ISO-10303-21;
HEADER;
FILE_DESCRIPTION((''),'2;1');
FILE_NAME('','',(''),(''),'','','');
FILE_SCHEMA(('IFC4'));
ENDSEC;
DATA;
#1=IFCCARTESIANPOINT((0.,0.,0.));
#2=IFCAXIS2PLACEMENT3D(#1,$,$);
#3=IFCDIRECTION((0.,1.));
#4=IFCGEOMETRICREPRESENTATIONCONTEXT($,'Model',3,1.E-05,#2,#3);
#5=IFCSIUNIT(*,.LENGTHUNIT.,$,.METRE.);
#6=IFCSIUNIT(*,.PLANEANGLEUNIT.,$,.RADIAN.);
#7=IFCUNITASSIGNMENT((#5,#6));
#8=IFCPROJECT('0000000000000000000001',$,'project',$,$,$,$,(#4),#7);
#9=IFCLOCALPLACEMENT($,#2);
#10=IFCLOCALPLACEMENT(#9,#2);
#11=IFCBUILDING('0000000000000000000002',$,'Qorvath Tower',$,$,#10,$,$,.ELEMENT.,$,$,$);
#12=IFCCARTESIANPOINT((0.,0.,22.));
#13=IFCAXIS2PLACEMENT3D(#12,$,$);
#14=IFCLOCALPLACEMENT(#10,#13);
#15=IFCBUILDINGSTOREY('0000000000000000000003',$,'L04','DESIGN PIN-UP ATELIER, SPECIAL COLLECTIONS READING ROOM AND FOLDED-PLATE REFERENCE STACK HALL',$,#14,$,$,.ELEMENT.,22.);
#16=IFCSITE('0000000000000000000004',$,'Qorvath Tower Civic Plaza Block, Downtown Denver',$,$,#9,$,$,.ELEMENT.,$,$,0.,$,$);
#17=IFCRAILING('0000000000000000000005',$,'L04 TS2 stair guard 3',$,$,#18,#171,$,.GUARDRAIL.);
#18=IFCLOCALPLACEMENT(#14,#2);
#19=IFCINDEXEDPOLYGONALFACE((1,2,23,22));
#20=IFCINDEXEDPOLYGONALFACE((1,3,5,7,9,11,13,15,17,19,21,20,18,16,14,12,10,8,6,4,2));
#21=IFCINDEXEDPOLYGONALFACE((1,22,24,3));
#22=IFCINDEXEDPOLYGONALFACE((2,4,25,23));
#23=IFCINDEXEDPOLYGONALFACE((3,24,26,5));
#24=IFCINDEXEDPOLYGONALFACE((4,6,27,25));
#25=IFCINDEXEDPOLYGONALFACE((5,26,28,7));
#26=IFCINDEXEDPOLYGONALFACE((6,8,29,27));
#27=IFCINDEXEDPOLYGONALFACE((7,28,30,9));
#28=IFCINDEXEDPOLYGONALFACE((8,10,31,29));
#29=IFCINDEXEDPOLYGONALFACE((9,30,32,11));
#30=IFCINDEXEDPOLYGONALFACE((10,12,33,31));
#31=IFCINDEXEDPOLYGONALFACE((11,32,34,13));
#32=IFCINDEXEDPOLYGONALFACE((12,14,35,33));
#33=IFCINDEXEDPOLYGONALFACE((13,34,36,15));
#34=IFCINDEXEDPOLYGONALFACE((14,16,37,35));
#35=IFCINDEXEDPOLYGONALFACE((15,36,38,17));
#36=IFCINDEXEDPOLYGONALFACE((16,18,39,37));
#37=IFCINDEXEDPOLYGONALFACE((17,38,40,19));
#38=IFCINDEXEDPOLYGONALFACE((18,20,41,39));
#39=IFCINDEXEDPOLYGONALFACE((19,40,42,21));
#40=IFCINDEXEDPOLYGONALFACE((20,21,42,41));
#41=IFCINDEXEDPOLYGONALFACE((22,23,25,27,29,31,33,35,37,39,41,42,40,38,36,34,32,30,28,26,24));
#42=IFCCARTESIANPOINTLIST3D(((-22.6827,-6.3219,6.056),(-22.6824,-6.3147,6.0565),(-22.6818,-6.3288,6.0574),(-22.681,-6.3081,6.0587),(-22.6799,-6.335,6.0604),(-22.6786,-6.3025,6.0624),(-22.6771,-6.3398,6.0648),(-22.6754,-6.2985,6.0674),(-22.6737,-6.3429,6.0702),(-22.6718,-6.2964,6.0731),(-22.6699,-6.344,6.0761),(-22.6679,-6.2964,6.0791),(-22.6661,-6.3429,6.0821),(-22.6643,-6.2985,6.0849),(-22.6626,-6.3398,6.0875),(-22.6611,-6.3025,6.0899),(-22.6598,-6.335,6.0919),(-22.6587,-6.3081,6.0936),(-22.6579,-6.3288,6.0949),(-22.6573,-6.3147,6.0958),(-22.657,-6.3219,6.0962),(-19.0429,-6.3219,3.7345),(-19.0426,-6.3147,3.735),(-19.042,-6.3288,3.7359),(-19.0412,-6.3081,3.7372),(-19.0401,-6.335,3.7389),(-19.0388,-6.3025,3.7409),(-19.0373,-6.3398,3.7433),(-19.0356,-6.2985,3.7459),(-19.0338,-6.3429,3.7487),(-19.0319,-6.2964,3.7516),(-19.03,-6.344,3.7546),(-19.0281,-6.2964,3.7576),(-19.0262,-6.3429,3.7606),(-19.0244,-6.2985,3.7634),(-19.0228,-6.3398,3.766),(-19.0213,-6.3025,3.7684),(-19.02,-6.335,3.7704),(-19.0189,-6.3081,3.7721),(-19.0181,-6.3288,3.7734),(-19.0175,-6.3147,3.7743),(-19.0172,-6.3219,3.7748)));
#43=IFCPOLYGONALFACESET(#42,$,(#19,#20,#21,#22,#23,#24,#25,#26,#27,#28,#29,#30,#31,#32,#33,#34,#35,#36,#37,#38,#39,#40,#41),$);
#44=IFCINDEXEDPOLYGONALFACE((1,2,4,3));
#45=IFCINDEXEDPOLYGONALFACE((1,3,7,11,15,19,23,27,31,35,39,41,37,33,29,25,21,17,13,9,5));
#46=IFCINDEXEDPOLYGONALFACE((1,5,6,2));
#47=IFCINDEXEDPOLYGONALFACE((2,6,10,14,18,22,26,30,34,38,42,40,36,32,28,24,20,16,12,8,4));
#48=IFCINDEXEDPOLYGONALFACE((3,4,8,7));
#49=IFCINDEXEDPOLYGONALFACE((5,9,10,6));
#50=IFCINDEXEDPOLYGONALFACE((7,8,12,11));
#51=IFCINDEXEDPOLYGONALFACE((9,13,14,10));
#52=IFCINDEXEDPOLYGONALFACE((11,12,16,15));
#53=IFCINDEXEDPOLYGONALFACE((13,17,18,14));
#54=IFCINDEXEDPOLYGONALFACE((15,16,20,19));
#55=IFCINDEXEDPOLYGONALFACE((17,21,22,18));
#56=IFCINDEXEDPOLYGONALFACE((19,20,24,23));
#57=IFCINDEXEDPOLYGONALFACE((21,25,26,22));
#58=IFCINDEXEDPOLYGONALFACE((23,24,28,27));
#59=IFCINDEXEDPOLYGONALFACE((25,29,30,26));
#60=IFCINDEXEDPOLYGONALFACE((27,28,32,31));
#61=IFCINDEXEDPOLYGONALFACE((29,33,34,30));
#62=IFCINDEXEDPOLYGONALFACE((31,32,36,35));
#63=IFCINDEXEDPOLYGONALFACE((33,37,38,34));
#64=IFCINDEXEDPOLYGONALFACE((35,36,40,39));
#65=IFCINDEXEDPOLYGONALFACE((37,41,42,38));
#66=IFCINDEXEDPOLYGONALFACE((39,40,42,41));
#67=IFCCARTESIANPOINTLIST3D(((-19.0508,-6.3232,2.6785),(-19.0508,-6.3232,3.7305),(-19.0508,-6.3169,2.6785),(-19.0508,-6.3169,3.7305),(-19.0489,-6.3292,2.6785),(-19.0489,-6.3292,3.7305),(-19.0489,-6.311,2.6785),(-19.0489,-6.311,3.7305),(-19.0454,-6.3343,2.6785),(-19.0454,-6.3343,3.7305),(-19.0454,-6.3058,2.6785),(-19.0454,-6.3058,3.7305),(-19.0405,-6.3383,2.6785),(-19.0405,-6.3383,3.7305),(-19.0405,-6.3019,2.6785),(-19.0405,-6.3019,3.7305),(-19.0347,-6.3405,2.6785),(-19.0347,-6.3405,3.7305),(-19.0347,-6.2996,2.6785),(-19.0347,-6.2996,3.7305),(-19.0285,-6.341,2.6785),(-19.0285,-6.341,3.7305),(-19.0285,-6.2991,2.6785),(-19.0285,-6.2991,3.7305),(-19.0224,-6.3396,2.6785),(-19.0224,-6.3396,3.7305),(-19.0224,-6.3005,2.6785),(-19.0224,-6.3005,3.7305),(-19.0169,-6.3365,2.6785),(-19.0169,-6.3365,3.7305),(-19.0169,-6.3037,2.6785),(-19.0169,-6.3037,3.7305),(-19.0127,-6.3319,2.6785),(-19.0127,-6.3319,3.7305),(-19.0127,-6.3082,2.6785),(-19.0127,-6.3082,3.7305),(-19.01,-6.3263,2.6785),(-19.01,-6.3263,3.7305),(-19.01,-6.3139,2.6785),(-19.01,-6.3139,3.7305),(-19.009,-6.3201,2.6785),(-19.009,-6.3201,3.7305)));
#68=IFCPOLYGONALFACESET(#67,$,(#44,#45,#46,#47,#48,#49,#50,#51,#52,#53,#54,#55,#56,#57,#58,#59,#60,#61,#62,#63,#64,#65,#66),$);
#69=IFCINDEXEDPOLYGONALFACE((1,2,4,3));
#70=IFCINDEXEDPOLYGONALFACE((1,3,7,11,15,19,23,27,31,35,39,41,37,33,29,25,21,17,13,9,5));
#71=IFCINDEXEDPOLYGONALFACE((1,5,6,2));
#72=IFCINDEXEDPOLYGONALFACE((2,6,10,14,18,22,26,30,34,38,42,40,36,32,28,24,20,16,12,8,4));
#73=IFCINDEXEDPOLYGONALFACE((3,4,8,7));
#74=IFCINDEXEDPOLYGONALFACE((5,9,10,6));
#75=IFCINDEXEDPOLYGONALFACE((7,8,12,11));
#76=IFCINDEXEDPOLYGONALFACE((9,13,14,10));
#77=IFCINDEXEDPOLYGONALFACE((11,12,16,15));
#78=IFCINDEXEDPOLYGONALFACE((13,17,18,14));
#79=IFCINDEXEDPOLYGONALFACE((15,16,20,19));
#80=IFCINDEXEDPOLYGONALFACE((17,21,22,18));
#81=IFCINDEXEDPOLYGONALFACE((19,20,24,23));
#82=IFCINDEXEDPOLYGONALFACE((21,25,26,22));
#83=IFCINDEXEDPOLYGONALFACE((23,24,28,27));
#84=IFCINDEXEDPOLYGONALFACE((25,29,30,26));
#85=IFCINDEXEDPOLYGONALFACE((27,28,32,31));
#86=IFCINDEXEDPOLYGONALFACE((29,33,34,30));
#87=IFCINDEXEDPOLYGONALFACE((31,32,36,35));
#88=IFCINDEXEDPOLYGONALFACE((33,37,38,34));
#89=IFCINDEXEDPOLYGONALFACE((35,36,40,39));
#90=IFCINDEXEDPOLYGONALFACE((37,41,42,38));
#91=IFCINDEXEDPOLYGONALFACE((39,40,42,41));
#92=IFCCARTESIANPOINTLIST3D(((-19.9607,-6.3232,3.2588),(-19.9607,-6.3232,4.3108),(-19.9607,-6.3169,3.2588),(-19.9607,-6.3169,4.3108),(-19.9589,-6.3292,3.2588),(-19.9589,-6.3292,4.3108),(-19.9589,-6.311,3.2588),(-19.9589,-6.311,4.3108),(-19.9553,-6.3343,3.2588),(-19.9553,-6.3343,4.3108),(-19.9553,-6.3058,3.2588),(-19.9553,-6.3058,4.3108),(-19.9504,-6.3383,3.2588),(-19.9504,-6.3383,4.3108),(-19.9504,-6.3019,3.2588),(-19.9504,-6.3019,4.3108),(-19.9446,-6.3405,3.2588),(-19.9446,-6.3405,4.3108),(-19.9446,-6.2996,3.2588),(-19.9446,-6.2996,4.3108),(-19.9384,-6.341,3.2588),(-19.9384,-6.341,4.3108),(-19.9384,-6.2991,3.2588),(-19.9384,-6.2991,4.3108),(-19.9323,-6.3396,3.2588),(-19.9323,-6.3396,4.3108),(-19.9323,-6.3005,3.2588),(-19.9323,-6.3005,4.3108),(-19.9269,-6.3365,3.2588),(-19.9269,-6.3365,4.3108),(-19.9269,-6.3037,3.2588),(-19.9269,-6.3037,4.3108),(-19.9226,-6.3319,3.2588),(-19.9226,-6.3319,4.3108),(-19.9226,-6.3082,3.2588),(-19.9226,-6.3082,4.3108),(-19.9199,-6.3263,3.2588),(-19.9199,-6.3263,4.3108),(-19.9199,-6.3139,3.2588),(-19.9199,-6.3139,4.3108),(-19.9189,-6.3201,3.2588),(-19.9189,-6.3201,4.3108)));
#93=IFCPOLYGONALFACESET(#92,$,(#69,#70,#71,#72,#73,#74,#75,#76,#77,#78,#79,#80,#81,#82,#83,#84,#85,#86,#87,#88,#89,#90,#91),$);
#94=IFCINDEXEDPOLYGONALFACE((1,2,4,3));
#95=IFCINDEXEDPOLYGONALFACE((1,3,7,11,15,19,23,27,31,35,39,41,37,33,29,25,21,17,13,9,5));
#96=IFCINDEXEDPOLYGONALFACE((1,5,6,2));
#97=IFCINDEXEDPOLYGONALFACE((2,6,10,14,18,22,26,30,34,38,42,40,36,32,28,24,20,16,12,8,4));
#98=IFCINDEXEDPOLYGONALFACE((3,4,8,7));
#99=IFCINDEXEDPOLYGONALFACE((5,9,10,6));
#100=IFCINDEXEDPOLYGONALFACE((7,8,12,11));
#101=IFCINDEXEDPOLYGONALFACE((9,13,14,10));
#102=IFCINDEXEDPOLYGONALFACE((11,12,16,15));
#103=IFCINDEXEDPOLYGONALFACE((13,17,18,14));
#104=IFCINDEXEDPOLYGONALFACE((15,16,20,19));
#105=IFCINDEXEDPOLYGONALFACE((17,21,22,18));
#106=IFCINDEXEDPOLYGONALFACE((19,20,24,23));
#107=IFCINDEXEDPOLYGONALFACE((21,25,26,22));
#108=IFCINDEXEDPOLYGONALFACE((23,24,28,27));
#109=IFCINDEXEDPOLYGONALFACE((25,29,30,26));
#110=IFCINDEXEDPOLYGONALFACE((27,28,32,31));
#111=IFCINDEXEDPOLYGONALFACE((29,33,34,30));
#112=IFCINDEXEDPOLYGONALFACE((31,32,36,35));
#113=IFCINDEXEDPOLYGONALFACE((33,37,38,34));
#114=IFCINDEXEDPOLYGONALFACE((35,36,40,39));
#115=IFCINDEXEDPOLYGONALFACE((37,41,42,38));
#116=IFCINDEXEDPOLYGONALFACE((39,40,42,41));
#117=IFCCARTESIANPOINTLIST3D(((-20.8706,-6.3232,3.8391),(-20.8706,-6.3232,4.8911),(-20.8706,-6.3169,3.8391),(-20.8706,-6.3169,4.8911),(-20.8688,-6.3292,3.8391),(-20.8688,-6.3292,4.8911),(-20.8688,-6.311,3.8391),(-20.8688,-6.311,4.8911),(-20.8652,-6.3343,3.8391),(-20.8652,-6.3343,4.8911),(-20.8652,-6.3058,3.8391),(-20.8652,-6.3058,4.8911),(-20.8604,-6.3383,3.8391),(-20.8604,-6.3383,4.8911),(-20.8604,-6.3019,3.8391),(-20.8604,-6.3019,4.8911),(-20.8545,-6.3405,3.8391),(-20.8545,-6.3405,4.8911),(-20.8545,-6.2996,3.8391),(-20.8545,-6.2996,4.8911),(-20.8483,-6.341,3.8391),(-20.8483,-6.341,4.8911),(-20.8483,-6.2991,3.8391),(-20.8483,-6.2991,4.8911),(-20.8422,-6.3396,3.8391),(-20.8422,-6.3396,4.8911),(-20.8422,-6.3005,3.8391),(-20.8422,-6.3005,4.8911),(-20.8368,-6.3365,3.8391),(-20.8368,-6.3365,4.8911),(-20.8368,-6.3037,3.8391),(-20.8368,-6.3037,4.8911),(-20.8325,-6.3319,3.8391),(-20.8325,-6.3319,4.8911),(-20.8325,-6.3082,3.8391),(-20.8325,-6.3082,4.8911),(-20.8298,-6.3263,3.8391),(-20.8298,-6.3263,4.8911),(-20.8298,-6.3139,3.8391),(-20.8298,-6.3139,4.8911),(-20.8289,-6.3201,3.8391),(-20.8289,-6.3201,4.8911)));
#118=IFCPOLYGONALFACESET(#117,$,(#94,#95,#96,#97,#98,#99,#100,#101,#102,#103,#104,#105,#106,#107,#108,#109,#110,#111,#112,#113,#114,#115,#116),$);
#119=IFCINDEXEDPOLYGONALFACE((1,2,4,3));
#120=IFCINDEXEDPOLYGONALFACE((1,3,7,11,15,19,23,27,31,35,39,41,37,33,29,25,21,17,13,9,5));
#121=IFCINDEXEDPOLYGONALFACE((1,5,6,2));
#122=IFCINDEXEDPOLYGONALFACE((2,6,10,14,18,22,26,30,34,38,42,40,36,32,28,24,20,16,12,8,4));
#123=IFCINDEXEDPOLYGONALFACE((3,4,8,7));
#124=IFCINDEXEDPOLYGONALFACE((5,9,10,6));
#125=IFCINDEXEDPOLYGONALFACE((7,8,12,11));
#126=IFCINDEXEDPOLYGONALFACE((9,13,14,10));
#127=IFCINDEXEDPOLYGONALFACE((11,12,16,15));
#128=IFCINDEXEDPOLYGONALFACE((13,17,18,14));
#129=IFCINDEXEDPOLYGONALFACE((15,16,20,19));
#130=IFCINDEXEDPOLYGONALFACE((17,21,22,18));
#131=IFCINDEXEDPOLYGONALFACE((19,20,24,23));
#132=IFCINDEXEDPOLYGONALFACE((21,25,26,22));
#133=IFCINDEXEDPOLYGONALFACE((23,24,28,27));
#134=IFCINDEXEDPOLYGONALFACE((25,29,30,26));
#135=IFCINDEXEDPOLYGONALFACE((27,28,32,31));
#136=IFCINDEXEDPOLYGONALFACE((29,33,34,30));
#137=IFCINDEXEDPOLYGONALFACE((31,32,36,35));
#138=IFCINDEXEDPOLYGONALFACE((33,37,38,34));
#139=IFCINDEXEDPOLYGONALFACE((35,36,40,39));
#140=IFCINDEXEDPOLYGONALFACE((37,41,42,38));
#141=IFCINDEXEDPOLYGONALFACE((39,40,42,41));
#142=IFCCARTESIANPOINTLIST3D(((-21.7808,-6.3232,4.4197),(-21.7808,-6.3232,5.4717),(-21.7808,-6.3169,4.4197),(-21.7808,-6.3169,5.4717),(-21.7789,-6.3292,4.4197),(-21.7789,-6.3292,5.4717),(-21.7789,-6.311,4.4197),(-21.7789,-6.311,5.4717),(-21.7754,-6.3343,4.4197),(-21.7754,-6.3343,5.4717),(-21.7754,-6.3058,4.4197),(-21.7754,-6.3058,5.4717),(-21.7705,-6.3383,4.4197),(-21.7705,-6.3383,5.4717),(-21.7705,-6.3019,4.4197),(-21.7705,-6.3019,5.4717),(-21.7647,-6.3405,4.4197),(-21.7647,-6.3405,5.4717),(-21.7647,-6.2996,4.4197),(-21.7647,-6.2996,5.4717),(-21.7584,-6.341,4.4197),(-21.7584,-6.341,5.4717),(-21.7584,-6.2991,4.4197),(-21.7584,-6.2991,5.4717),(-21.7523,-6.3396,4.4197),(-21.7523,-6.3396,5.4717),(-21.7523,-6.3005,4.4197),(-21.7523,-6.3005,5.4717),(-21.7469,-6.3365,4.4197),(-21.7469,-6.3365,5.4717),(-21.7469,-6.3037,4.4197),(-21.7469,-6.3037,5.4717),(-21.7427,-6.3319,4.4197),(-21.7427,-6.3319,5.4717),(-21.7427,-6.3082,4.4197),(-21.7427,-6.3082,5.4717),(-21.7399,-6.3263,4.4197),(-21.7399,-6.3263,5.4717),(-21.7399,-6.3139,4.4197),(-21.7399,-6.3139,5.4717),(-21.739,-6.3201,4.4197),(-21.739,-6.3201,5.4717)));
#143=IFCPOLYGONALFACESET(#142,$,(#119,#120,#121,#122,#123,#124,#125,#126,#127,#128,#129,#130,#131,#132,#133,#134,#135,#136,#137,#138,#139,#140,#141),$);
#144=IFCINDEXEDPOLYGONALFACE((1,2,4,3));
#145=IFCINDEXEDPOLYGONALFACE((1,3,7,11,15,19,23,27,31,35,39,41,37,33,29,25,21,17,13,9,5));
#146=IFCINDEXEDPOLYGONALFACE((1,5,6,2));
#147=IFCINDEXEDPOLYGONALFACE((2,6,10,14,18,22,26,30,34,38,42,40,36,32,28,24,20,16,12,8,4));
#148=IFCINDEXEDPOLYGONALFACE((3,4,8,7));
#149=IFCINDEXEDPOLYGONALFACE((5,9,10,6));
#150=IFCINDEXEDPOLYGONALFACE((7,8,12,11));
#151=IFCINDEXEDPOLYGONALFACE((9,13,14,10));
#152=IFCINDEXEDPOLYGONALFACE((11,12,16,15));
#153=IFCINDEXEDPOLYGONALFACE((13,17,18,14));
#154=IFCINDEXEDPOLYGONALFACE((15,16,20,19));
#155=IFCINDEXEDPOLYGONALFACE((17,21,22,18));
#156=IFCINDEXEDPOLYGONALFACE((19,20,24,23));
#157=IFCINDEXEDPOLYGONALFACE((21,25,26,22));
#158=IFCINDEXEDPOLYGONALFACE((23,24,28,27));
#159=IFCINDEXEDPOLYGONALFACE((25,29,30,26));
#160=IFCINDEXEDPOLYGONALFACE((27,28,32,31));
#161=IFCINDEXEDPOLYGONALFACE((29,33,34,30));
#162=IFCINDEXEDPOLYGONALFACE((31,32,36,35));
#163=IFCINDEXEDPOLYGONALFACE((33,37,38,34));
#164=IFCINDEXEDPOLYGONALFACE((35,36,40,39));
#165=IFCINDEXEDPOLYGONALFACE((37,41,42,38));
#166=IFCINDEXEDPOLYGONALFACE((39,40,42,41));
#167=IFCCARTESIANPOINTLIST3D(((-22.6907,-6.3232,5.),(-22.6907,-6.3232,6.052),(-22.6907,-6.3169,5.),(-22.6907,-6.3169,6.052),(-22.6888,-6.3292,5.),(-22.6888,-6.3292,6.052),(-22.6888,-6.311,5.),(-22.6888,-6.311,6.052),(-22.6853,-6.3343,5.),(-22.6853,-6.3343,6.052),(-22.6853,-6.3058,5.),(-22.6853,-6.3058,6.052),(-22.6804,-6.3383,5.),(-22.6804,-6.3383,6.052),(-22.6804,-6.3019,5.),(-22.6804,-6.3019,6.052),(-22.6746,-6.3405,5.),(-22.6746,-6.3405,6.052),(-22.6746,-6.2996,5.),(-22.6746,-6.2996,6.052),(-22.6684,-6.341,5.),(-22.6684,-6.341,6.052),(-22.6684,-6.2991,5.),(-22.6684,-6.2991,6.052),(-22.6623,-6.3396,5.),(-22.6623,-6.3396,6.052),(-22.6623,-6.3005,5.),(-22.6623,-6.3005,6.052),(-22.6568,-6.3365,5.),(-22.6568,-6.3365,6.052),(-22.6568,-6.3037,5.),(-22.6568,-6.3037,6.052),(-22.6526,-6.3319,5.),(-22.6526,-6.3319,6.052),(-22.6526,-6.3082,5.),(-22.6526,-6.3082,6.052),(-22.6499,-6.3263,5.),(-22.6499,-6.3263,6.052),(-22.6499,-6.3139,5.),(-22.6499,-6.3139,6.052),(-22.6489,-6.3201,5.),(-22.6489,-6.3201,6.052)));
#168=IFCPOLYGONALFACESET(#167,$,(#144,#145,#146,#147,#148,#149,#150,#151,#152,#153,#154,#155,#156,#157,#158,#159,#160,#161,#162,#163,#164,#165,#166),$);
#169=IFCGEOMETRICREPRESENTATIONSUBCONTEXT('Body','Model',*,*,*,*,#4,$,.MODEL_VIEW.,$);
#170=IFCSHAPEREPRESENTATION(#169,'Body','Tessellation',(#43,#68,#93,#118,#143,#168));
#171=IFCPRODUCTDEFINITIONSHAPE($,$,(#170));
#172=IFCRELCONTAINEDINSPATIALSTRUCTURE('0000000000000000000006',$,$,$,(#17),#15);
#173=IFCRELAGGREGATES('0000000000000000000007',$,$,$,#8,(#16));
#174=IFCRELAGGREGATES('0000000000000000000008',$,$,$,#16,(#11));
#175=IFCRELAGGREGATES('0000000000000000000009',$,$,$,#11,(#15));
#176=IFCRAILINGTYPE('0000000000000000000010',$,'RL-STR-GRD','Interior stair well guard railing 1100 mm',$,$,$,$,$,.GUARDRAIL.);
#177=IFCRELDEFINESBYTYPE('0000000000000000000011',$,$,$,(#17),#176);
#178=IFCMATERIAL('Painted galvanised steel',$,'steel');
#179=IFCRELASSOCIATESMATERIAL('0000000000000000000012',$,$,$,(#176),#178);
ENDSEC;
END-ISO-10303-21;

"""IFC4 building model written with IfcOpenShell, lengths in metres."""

from ifc_helpers import new_model, si_unit, direction, frame, origin, origin_2d, place, context, subcontext, project, spatial, circle, extrude, material, type_object, element, save


model = new_model("IFC4")

# Units and contexts
model_context = context("Model", 3, precision=1e-05, world=origin(), true_north=direction((0.0, 1.0)))
body_context = subcontext(model_context, "Body", "Model", "MODEL_VIEW")
ifc_project = project(units=[si_unit("LENGTHUNIT", "METRE"), si_unit("PLANEANGLEUNIT", "RADIAN")], contexts=[model_context])

# Site, building, storey
site_placement = place(None, origin())
site = spatial("IfcSite", under=ifc_project, at=site_placement, Name="Qorvath Tower Civic Plaza Block, Downtown Denver", CompositionType="ELEMENT", RefElevation=0.0)
building_placement = place(site_placement, origin())
building = spatial("IfcBuilding", under=site, at=building_placement, Name="Qorvath Tower", CompositionType="ELEMENT")
storey_placement = place(building_placement, frame((0.0, 0.0, 22.0)))
storey = spatial("IfcBuildingStorey", under=building, at=storey_placement, Name="L04", Description="DESIGN PIN-UP ATELIER, SPECIAL COLLECTIONS READING ROOM AND FOLDED-PLATE REFERENCE STACK HALL", CompositionType="ELEMENT", Elevation=22.0)

# Railing
ifc_material_1 = material(Name="Painted galvanised steel", Category="steel")
railing_type_1 = type_object("IfcRailingType", Name="RL-STR-GRD", Description="Interior stair well guard railing 1100 mm", PredefinedType="GUARDRAIL", material=ifc_material_1)
railing_1_placement = place(storey_placement, frame((-19.03, -6.3201, 2.6785)))
element("IfcRailing", 1, at=railing_1_placement, inside=storey, type_object=railing_type_1, Name="L04 TS2 stair guard 3", PredefinedType="GUARDRAIL", context=body_context, shape_type="SweptSolid", body=[
    extrude(circle(Radius=0.0239, at=origin_2d()), frame((0.0, 0.0, 1.0762), z_axis=(-0.843112, 0.0, 0.537739), x_axis=(0.0, -1.0, 0.0)), (0.0, 0.0, 1.0), 4.3171),
    extrude(circle(Radius=0.021, at=origin_2d()), origin(), (0.0, 0.0, 1.0), 1.052),
    extrude(circle(Radius=0.021, at=origin_2d()), frame((-0.9099, 0.0, 0.5803)), (0.0, 0.0, 1.0), 1.052),
    extrude(circle(Radius=0.021, at=origin_2d()), frame((-1.8198, 0.0, 1.1606)), (0.0, 0.0, 1.0), 1.052),
    extrude(circle(Radius=0.021, at=origin_2d()), frame((-2.73, 0.0, 1.7412)), (0.0, 0.0, 1.0), 1.052),
    extrude(circle(Radius=0.021, at=origin_2d()), frame((-3.6399, 0.0, 2.3215)), (0.0, 0.0, 1.0), 1.052),
])

save(model, "model.ifc")
